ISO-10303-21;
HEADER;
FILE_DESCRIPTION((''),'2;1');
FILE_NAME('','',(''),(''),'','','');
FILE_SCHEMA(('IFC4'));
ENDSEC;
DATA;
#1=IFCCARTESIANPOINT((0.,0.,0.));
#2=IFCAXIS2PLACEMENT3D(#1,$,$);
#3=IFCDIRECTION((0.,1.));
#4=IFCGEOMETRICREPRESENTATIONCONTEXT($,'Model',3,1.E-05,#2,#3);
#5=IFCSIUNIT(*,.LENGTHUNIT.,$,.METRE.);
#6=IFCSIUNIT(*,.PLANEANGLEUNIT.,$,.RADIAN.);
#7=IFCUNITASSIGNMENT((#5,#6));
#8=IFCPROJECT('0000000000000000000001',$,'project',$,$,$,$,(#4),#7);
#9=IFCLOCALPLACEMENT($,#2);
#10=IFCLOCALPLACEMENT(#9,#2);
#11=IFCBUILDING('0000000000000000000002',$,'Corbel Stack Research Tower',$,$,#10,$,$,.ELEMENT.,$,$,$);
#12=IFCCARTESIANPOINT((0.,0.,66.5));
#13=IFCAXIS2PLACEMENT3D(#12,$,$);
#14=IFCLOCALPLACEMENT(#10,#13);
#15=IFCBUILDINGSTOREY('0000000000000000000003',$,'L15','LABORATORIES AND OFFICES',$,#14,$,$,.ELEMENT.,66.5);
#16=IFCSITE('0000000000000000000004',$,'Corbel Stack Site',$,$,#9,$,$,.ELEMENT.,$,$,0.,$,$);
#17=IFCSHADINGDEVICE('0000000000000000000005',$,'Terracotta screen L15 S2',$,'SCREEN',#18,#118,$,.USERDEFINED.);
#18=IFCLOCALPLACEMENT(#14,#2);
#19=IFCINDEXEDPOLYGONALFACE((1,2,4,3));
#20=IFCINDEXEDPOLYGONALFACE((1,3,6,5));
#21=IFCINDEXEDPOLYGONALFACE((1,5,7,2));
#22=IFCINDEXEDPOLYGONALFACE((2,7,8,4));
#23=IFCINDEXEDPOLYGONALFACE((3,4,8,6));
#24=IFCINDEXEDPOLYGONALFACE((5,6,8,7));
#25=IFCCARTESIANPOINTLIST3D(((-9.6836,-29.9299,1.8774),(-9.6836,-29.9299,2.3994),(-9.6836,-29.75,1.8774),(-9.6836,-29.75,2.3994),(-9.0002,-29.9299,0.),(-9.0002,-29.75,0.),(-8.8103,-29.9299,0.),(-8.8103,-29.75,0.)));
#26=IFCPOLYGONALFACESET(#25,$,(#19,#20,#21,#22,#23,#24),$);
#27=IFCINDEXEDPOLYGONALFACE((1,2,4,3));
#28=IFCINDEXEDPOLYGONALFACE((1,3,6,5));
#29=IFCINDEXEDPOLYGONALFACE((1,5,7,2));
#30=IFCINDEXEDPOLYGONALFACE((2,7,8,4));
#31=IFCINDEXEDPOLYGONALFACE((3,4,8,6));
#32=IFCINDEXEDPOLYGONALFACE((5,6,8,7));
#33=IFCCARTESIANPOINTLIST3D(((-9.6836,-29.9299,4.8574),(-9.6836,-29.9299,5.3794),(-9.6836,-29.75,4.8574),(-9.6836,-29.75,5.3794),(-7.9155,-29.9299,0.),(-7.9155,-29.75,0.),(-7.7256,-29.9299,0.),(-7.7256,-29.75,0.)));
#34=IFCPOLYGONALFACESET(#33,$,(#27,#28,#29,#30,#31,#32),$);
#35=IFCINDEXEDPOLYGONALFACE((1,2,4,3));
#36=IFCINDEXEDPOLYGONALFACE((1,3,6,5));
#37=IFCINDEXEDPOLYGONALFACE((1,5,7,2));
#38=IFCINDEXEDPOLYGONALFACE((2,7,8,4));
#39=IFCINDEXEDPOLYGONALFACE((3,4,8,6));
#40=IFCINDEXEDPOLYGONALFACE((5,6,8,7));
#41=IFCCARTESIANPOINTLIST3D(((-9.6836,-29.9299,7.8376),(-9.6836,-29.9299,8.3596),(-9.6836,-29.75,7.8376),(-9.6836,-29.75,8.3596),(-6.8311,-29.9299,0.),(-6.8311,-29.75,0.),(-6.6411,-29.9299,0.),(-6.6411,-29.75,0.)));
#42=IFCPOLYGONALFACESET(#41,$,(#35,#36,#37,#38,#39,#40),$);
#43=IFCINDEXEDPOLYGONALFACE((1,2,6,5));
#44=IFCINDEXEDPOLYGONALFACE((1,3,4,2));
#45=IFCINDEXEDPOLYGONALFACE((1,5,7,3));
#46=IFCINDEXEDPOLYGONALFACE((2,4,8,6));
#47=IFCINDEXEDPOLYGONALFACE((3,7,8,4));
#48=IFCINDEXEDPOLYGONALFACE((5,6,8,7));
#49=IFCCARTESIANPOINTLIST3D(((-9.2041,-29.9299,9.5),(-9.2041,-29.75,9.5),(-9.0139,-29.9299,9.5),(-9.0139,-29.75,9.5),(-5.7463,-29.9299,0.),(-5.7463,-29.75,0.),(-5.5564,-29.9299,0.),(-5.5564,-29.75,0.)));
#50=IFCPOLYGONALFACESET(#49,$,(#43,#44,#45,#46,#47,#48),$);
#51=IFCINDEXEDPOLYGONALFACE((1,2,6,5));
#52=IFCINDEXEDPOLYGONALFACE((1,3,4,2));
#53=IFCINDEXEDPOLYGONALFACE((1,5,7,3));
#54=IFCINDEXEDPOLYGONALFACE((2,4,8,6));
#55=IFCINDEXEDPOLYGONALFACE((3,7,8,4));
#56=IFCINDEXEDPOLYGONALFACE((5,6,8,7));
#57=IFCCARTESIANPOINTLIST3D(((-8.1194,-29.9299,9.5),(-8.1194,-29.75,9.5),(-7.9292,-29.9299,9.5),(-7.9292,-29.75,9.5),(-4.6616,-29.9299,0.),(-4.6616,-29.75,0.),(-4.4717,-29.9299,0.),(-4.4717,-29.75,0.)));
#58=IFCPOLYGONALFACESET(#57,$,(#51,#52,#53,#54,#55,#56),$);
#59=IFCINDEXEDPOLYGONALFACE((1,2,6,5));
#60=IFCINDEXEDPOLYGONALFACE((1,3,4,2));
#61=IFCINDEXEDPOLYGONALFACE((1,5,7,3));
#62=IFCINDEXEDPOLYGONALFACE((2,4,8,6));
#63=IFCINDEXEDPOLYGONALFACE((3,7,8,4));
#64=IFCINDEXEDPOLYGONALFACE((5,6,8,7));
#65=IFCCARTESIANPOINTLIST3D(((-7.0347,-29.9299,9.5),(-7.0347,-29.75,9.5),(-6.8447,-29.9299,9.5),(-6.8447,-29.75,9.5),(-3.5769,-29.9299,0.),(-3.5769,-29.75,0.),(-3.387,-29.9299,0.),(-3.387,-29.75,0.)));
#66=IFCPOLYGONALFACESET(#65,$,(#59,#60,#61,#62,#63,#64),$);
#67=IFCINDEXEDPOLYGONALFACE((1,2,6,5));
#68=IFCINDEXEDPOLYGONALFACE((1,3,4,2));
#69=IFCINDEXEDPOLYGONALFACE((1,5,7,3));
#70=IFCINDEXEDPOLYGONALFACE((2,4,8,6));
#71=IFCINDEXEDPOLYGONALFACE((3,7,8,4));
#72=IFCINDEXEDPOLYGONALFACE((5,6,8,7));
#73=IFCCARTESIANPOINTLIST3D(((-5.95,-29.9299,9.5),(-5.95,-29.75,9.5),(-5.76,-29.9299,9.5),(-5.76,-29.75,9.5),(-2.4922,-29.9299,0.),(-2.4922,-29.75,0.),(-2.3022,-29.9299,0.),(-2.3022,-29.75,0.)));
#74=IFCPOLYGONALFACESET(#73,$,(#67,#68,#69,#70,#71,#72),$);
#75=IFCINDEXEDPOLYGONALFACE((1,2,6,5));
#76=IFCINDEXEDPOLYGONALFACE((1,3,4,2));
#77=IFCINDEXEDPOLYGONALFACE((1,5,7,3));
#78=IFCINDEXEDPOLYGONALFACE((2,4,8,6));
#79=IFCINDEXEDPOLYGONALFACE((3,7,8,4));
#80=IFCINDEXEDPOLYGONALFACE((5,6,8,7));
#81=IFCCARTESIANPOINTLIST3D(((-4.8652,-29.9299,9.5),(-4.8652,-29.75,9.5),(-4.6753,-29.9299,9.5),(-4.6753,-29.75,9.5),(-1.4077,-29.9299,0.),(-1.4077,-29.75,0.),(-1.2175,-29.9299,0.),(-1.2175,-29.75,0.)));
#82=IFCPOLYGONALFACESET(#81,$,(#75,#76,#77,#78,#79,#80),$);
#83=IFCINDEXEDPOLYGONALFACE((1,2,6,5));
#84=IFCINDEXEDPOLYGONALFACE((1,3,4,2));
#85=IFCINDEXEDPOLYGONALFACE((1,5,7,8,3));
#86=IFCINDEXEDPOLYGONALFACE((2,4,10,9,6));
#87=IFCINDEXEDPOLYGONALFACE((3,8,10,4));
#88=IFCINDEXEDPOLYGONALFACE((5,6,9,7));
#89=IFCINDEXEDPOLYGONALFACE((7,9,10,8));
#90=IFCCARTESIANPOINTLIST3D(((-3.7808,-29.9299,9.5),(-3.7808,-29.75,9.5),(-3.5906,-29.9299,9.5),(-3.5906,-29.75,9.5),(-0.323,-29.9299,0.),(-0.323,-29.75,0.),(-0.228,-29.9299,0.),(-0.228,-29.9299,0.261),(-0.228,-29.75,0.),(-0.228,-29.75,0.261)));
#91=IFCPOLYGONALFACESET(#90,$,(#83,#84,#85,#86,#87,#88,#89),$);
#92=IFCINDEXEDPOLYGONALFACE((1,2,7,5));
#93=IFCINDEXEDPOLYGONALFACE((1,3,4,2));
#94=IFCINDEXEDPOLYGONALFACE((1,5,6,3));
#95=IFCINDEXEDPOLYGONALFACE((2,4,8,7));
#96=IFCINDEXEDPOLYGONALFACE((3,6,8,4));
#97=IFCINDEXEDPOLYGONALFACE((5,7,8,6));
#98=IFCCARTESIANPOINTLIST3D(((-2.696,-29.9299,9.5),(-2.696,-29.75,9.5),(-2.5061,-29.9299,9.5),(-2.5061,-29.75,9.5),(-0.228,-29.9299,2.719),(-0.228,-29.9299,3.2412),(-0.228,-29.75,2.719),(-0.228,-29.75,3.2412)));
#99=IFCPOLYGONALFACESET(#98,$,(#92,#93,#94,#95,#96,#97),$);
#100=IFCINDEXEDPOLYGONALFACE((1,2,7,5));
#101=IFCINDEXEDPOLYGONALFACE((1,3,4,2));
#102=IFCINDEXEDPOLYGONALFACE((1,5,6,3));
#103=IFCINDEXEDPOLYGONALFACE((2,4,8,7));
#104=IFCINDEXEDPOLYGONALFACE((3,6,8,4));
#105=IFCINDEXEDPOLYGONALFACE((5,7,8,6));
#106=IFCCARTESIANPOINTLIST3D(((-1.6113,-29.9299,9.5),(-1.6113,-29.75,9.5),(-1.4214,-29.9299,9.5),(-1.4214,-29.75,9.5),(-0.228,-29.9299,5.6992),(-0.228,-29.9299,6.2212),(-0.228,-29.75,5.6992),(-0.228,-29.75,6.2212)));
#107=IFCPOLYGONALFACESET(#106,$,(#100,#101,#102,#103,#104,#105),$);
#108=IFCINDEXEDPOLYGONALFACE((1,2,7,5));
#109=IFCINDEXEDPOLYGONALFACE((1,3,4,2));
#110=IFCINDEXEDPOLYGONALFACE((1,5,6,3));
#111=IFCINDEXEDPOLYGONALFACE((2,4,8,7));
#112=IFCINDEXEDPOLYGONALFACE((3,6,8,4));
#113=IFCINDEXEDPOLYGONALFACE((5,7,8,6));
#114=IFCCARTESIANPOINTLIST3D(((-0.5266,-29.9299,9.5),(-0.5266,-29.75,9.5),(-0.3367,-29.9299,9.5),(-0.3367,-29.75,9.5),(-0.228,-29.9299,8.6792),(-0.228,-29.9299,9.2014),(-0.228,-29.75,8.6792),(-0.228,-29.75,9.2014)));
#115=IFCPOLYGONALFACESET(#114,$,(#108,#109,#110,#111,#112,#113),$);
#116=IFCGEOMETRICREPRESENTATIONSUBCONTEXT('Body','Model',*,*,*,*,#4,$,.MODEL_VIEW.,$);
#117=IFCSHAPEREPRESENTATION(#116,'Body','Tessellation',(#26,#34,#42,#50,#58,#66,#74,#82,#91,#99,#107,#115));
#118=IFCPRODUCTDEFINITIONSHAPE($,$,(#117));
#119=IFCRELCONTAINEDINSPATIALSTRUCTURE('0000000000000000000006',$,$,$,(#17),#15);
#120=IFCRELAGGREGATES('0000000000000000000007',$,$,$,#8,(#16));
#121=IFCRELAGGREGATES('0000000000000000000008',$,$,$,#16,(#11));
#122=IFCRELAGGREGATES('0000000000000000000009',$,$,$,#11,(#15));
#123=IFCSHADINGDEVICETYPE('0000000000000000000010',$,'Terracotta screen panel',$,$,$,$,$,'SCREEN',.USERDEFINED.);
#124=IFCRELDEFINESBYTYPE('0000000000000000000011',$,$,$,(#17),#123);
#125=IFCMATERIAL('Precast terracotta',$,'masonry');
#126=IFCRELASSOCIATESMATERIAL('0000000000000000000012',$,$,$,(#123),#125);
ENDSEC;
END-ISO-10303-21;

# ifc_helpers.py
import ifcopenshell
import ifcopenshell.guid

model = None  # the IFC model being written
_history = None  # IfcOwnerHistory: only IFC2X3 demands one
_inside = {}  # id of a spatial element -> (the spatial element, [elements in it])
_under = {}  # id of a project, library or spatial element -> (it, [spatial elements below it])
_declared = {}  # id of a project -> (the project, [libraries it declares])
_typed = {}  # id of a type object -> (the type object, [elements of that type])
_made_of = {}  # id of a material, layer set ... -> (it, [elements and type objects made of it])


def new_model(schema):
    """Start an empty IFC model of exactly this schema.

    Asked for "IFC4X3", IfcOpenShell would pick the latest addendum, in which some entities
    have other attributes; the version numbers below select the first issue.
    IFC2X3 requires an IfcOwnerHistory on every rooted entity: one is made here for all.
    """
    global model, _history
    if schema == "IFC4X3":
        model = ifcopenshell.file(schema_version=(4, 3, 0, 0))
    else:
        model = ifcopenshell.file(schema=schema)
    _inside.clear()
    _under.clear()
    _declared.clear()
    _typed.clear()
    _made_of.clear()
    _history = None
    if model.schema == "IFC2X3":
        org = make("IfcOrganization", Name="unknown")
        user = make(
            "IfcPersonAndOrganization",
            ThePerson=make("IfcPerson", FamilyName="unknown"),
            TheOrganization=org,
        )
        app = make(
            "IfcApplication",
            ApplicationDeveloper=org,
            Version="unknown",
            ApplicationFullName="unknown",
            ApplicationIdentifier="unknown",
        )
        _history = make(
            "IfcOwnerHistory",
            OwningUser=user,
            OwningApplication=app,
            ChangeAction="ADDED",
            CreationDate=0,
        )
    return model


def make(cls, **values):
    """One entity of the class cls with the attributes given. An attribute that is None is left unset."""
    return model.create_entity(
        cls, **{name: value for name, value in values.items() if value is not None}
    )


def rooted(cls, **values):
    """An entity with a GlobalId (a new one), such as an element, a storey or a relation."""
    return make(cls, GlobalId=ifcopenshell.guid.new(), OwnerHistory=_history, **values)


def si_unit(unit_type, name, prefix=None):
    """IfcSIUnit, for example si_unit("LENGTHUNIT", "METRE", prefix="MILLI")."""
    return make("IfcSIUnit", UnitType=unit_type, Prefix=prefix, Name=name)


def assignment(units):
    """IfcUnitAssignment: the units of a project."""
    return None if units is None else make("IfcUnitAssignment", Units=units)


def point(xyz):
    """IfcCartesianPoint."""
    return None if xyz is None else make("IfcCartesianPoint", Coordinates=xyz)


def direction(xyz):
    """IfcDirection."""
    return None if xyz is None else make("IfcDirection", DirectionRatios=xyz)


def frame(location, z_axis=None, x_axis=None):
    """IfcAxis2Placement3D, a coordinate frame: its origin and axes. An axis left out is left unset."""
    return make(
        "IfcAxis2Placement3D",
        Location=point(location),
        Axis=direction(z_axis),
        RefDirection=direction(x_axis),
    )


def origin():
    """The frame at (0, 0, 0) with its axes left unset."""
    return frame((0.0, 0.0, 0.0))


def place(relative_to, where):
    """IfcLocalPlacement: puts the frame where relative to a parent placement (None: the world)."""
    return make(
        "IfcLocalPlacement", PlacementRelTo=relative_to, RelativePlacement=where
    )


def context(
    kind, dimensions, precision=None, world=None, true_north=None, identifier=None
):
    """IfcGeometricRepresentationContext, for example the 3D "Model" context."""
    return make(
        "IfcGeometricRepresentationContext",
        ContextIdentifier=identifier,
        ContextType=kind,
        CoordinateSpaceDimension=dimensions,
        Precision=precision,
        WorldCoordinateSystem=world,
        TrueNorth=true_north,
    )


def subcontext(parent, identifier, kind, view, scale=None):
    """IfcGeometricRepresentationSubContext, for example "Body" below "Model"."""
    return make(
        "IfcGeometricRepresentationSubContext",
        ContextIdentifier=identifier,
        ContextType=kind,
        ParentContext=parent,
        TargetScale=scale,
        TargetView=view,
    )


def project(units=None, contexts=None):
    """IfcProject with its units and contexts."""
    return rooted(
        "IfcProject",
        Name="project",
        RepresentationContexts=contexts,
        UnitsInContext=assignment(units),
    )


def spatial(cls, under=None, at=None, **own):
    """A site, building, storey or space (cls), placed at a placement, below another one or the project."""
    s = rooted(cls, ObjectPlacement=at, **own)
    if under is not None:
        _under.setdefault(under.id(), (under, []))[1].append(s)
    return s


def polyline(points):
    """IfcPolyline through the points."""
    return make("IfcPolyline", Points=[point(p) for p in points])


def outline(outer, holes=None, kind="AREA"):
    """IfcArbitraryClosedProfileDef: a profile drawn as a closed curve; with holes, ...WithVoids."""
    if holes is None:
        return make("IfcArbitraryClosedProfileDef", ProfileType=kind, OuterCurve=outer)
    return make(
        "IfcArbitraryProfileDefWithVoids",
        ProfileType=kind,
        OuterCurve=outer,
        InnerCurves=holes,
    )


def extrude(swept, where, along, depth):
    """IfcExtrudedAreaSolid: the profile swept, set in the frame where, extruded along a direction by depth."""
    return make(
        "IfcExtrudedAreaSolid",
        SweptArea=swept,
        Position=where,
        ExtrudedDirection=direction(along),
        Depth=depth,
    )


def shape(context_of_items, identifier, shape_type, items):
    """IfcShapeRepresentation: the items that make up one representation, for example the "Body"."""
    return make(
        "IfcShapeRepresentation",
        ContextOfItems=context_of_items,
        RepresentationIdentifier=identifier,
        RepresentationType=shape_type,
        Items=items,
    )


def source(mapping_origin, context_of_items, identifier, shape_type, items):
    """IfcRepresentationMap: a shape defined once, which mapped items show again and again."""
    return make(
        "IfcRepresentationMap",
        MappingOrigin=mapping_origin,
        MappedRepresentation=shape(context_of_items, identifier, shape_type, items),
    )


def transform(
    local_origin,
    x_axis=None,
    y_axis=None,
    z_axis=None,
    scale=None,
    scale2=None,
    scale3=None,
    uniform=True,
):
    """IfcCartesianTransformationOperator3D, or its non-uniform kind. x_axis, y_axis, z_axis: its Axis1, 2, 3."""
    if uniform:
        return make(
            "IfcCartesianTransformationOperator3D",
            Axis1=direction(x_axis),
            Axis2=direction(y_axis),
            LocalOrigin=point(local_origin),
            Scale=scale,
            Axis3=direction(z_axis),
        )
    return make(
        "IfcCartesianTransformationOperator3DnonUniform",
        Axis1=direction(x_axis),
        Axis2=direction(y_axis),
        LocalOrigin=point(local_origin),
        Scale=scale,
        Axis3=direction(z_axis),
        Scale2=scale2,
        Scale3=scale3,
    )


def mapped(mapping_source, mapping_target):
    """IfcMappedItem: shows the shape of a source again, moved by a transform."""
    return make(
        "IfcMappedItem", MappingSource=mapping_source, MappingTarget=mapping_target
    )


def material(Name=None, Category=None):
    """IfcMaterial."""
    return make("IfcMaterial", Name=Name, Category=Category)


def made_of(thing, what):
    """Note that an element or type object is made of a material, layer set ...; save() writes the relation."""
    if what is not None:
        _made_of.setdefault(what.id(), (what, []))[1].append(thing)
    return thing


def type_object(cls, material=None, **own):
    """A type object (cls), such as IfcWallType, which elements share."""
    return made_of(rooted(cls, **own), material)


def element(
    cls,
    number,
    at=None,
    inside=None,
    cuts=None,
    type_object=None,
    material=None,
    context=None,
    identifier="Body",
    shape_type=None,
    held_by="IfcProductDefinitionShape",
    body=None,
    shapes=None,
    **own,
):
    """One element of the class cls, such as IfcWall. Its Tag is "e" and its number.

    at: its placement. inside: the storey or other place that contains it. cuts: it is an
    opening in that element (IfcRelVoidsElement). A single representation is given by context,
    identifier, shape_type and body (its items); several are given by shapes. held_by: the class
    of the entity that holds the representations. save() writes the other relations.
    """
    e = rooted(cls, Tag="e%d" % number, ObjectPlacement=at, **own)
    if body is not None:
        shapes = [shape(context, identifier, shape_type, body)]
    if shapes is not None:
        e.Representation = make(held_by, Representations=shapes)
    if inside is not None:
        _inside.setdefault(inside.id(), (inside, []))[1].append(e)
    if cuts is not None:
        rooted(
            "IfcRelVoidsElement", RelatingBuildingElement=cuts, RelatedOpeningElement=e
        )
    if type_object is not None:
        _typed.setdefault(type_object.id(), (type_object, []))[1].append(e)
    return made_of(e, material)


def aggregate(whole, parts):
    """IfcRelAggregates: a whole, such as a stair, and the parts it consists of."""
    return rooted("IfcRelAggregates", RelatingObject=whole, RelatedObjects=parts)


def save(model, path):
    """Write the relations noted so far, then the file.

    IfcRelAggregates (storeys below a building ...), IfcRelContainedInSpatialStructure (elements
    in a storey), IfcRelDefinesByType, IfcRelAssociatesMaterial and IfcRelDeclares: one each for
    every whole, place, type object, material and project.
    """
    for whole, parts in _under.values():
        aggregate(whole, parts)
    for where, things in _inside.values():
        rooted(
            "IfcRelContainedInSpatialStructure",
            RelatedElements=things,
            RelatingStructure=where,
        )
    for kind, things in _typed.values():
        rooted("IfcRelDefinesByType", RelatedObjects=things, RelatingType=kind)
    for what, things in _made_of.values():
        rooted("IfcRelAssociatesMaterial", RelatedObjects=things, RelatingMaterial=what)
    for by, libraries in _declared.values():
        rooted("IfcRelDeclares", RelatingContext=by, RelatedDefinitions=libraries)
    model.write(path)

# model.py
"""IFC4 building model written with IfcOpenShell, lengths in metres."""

from ifc_helpers import new_model, si_unit, direction, frame, origin, place, context, subcontext, project, spatial, polyline, outline, extrude, source, transform, mapped, material, type_object, element, save


model = new_model("IFC4")

# Units and contexts
model_context = context("Model", 3, precision=1e-05, world=origin(), true_north=direction((0.0, 1.0)))
body_context = subcontext(model_context, "Body", "Model", "MODEL_VIEW")
ifc_project = project(units=[si_unit("LENGTHUNIT", "METRE"), si_unit("PLANEANGLEUNIT", "RADIAN")], contexts=[model_context])

# Site, building, storey
site_placement = place(None, origin())
site = spatial("IfcSite", under=ifc_project, at=site_placement, Name="Corbel Stack Site", CompositionType="ELEMENT", RefElevation=0.0)
building_placement = place(site_placement, origin())
building = spatial("IfcBuilding", under=site, at=building_placement, Name="Corbel Stack Research Tower", CompositionType="ELEMENT")
storey_placement = place(building_placement, frame((0.0, 0.0, 66.5)))
storey = spatial("IfcBuildingStorey", under=building, at=storey_placement, Name="L15", Description="LABORATORIES AND OFFICES", CompositionType="ELEMENT", Elevation=66.5)

# Shading device
ifc_material_1 = material(Name="Precast terracotta", Category="masonry")
shading_device_type = type_object("IfcShadingDeviceType", Name="Terracotta screen panel", ElementType="SCREEN", PredefinedType="USERDEFINED", material=ifc_material_1)
shared_shape_1 = source(origin(), body_context, "Body", "SweptSolid", [
    extrude(outline(polyline([(0.8733, 0.0), (0.0, 2.3994), (0.0, 1.8774), (0.6833, 0.0), (0.8733, 0.0)])), frame((0.0, 0.0, 0.0), z_axis=(0.0, -1.0, 0.0), x_axis=(1.0, 0.0, 0.0)), (0.0, 0.0, 1.0), 0.1799),
    extrude(outline(polyline([(1.958, 0.0), (0.0, 5.3794), (0.0, 4.8574), (1.7681, 0.0), (1.958, 0.0)])), frame((0.0, 0.0, 0.0), z_axis=(0.0, -1.0, 0.0), x_axis=(1.0, 0.0, 0.0)), (0.0, 0.0, 1.0), 0.1799),
    extrude(outline(polyline([(3.0425, 0.0), (0.0, 8.3596), (0.0, 7.8376), (2.8525, 0.0), (3.0425, 0.0)])), frame((0.0, 0.0, 0.0), z_axis=(0.0, -1.0, 0.0), x_axis=(1.0, 0.0, 0.0)), (0.0, 0.0, 1.0), 0.1799),
    extrude(outline(polyline([(4.1272, 0.0), (0.6697, 9.5), (0.4795, 9.5), (3.9373, 0.0), (4.1272, 0.0)])), frame((0.0, 0.0, 0.0), z_axis=(0.0, -1.0, 0.0), x_axis=(1.0, 0.0, 0.0)), (0.0, 0.0, 1.0), 0.1799),
    extrude(outline(polyline([(5.2119, 0.0), (1.7544, 9.5), (1.5642, 9.5), (5.022, 0.0), (5.2119, 0.0)])), frame((0.0, 0.0, 0.0), z_axis=(0.0, -1.0, 0.0), x_axis=(1.0, 0.0, 0.0)), (0.0, 0.0, 1.0), 0.1799),
    extrude(outline(polyline([(6.2966, 0.0), (2.8389, 9.5), (2.6489, 9.5), (6.1067, 0.0), (6.2966, 0.0)])), frame((0.0, 0.0, 0.0), z_axis=(0.0, -1.0, 0.0), x_axis=(1.0, 0.0, 0.0)), (0.0, 0.0, 1.0), 0.1799),
    extrude(outline(polyline([(7.3813, 0.0), (3.9236, 9.5), (3.7336, 9.5), (7.1914, 0.0), (7.3813, 0.0)])), frame((0.0, 0.0, 0.0), z_axis=(0.0, -1.0, 0.0), x_axis=(1.0, 0.0, 0.0)), (0.0, 0.0, 1.0), 0.1799),
    extrude(outline(polyline([(8.4661, 0.0), (5.0083, 9.5), (4.8184, 9.5), (8.2759, 0.0), (8.4661, 0.0)])), frame((0.0, 0.0, 0.0), z_axis=(0.0, -1.0, 0.0), x_axis=(1.0, 0.0, 0.0)), (0.0, 0.0, 1.0), 0.1799),
    extrude(outline(polyline([(9.4556, 0.0), (9.4556, 0.261), (6.093, 9.5), (5.9028, 9.5), (9.3606, 0.0), (9.4556, 0.0)])), frame((0.0, 0.0, 0.0), z_axis=(0.0, -1.0, 0.0), x_axis=(1.0, 0.0, 0.0)), (0.0, 0.0, 1.0), 0.1799),
    extrude(outline(polyline([(7.1775, 9.5), (6.9875, 9.5), (9.4556, 2.719), (9.4556, 3.2412), (7.1775, 9.5)])), frame((0.0, 0.0, 0.0), z_axis=(0.0, -1.0, 0.0), x_axis=(1.0, 0.0, 0.0)), (0.0, 0.0, 1.0), 0.1799),
    extrude(outline(polyline([(8.2622, 9.5), (8.0723, 9.5), (9.4556, 5.6992), (9.4556, 6.2212), (8.2622, 9.5)])), frame((0.0, 0.0, 0.0), z_axis=(0.0, -1.0, 0.0), x_axis=(1.0, 0.0, 0.0)), (0.0, 0.0, 1.0), 0.1799),
    extrude(outline(polyline([(9.3469, 9.5), (9.157, 9.5), (9.4556, 8.6792), (9.4556, 9.2014), (9.3469, 9.5)])), frame((0.0, 0.0, 0.0), z_axis=(0.0, -1.0, 0.0), x_axis=(1.0, 0.0, 0.0)), (0.0, 0.0, 1.0), 0.1799),
])
shading_device_1_placement = place(storey_placement, frame((-9.6836, -29.75, 0.0), z_axis=(0.0, 0.0, 1.0), x_axis=(1.0, 0.0, 0.0)))
element("IfcShadingDevice", 1, at=shading_device_1_placement, inside=storey, type_object=shading_device_type, Name="Terracotta screen L15 S2", ObjectType="SCREEN", PredefinedType="USERDEFINED", context=body_context, shape_type="MappedRepresentation", body=[
    mapped(shared_shape_1, transform((0.0, 0.0, 0.0))),
])

save(model, "model.ifc")
